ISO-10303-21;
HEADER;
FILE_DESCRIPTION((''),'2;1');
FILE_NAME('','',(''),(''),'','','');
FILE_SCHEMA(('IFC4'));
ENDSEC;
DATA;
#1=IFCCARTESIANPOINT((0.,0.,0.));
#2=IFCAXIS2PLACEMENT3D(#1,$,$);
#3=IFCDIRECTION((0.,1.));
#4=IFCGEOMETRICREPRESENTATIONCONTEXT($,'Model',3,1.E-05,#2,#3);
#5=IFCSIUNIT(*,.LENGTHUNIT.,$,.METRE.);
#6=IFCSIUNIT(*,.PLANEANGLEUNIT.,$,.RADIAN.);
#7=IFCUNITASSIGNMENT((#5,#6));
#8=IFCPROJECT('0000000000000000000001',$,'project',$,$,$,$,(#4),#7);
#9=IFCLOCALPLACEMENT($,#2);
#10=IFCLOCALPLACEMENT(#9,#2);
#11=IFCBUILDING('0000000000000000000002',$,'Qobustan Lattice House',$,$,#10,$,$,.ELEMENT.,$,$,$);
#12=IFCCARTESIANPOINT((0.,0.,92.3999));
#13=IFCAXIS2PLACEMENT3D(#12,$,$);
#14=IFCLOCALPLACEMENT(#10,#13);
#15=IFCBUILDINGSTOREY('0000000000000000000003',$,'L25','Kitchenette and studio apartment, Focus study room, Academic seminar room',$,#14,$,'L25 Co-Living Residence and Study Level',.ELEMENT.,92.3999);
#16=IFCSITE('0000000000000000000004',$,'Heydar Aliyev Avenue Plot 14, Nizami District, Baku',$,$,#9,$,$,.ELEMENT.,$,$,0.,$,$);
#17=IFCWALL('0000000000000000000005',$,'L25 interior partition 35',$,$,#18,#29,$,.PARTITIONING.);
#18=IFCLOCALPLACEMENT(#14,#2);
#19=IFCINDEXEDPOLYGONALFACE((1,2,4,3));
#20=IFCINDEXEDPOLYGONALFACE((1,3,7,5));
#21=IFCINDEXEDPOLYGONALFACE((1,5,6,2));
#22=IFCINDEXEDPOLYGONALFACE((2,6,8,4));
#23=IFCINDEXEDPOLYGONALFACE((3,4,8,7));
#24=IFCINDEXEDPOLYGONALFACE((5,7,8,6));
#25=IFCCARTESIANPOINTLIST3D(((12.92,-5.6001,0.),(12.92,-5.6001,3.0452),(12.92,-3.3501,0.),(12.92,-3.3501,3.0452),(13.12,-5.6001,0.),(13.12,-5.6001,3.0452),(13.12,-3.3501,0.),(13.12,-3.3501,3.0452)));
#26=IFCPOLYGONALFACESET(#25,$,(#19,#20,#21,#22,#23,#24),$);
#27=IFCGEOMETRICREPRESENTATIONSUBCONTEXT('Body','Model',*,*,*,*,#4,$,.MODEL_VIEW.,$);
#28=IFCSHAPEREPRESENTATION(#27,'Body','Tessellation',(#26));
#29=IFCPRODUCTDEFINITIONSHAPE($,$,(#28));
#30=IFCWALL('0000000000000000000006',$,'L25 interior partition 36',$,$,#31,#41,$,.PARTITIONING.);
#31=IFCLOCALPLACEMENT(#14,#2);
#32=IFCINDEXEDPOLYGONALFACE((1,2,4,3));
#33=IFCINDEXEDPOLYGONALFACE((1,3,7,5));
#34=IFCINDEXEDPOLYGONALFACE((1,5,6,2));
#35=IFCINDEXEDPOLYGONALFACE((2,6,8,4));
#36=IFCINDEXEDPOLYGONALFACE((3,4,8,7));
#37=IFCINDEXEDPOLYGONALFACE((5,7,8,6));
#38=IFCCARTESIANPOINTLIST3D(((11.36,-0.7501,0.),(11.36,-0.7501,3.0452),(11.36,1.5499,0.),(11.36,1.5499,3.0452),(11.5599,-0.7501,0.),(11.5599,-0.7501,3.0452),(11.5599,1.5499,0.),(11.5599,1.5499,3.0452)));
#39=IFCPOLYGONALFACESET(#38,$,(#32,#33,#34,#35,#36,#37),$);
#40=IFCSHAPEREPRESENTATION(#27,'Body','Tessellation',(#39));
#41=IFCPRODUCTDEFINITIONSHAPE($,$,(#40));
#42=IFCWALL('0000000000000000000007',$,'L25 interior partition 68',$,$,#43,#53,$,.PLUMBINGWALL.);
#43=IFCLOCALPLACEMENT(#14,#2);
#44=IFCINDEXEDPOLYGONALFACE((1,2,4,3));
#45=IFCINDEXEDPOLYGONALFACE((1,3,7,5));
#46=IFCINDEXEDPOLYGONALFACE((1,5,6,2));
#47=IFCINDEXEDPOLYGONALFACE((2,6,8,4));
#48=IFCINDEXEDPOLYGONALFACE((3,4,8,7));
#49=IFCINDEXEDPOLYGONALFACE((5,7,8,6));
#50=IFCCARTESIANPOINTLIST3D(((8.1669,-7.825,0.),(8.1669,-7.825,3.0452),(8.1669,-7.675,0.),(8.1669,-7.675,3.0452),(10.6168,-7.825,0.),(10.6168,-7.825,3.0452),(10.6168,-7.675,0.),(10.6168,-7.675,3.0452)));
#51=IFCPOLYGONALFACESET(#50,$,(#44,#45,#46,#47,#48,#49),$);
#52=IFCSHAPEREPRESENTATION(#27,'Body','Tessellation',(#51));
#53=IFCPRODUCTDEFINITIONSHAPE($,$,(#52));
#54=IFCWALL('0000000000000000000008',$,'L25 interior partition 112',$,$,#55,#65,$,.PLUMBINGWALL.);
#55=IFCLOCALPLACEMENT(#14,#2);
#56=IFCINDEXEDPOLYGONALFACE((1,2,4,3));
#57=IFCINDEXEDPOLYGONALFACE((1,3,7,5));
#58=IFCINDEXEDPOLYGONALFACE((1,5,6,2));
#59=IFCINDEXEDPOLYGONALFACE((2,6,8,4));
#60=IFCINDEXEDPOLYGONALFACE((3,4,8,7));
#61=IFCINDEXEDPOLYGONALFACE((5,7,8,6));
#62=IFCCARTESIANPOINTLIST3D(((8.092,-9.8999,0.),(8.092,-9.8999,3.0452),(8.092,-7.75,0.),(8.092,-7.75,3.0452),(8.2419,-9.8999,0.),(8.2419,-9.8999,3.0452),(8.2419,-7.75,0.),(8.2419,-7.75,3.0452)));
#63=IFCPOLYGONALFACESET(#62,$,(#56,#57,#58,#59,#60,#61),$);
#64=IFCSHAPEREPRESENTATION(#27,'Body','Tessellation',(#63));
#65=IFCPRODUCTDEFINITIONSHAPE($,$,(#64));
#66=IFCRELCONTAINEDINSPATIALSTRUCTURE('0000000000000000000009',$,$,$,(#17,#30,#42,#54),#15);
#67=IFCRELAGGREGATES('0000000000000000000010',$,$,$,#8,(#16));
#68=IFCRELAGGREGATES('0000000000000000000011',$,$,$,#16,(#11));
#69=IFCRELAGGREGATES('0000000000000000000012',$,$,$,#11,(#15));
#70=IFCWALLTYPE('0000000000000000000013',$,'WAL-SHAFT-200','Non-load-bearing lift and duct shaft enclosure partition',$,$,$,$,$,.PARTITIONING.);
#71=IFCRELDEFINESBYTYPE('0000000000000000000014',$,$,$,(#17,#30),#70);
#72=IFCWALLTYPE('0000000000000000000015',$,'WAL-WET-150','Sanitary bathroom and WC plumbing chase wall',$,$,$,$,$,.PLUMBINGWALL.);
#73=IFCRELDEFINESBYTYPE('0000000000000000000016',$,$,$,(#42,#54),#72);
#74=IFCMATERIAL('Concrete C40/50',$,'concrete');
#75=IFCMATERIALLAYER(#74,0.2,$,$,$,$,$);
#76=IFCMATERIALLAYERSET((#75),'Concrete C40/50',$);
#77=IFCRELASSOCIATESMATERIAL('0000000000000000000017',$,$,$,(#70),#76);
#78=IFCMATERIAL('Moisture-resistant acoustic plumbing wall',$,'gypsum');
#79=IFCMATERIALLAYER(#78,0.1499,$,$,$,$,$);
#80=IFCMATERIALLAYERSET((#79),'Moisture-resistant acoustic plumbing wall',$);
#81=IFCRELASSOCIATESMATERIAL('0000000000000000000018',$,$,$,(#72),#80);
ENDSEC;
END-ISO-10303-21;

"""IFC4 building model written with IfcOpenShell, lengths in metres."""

from ifc_helpers import new_model, si_unit, direction, frame, frame_2d, origin, place, context, subcontext, project, spatial, rectangle, extrude, material, layer, layer_set, type_object, element, save


model = new_model("IFC4")

# Units and contexts
model_context = context("Model", 3, precision=1e-05, world=origin(), true_north=direction((0.0, 1.0)))
body_context = subcontext(model_context, "Body", "Model", "MODEL_VIEW")
ifc_project = project(units=[si_unit("LENGTHUNIT", "METRE"), si_unit("PLANEANGLEUNIT", "RADIAN")], contexts=[model_context])

# Site, building, storey
site_placement = place(None, origin())
site = spatial("IfcSite", under=ifc_project, at=site_placement, Name="Heydar Aliyev Avenue Plot 14, Nizami District, Baku", CompositionType="ELEMENT", RefElevation=0.0)
building_placement = place(site_placement, origin())
building = spatial("IfcBuilding", under=site, at=building_placement, Name="Qobustan Lattice House", CompositionType="ELEMENT")
storey_placement = place(building_placement, frame((0.0, 0.0, 92.3999)))
storey = spatial("IfcBuildingStorey", under=building, at=storey_placement, Name="L25", Description="Kitchenette and studio apartment, Focus study room, Academic seminar room", LongName="L25 Co-Living Residence and Study Level", CompositionType="ELEMENT", Elevation=92.3999)

# Walls
ifc_material_1 = material(Name="Concrete C40/50", Category="concrete")
ifc_layer_1 = layer(ifc_material_1, 0.2)
ifc_layer_set_1 = layer_set([ifc_layer_1], Name="Concrete C40/50")
wall_type_1 = type_object("IfcWallType", Name="WAL-SHAFT-200", Description="Non-load-bearing lift and duct shaft enclosure partition", PredefinedType="PARTITIONING", material=ifc_layer_set_1)
for number, where, z_axis, x_axis, name in (
    (1, (13.02, -5.6001, 0.0), (0.0, 0.0, 1.0), (0.0, 1.0, 0.0), "L25 interior partition 35"),
):
    element("IfcWall", number, at=place(storey_placement, frame(where, z_axis=z_axis, x_axis=x_axis)), inside=storey, type_object=wall_type_1, Name=name, PredefinedType="PARTITIONING", context=body_context, shape_type="SweptSolid", body=[
        extrude(rectangle(XDim=2.25, YDim=0.2, at=frame_2d((1.125, 0.0))), origin(), (0.0, 0.0, 1.0), 3.0452),
    ])
wall_1_placement = place(storey_placement, frame((11.46, -0.75, 0.0), z_axis=(0.0, 0.0, 1.0), x_axis=(0.0, 1.0, 0.0)))
element("IfcWall", 2, at=wall_1_placement, inside=storey, type_object=wall_type_1, Name="L25 interior partition 36", PredefinedType="PARTITIONING", context=body_context, shape_type="SweptSolid", body=[
    extrude(rectangle(XDim=2.3, YDim=0.2, at=frame_2d((1.1499, 0.0))), origin(), (0.0, 0.0, 1.0), 3.0452),
])
ifc_material_2 = material(Name="Moisture-resistant acoustic plumbing wall", Category="gypsum")
ifc_layer_2 = layer(ifc_material_2, 0.1499)
ifc_layer_set_2 = layer_set([ifc_layer_2], Name="Moisture-resistant acoustic plumbing wall")
wall_type_2 = type_object("IfcWallType", Name="WAL-WET-150", Description="Sanitary bathroom and WC plumbing chase wall", PredefinedType="PLUMBINGWALL", material=ifc_layer_set_2)
wall_2_placement = place(storey_placement, frame((10.6169, -7.75, 0.0), z_axis=(0.0, 0.0, 1.0), x_axis=(-1.0, 0.0, 0.0)))
element("IfcWall", 3, at=wall_2_placement, inside=storey, type_object=wall_type_2, Name="L25 interior partition 68", PredefinedType="PLUMBINGWALL", context=body_context, shape_type="SweptSolid", body=[
    extrude(rectangle(XDim=2.45, YDim=0.1499, at=frame_2d((1.2251, 0.0))), origin(), (0.0, 0.0, 1.0), 3.0452),
])
wall_3_placement = place(storey_placement, frame((8.167, -7.75, 0.0), z_axis=(0.0, 0.0, 1.0), x_axis=(0.0, -1.0, 0.0)))
element("IfcWall", 4, at=wall_3_placement, inside=storey, type_object=wall_type_2, Name="L25 interior partition 112", PredefinedType="PLUMBINGWALL", context=body_context, shape_type="SweptSolid", body=[
    extrude(rectangle(XDim=2.1499, YDim=0.1499, at=frame_2d((1.075, 0.0))), origin(), (0.0, 0.0, 1.0), 3.0452),
])

save(model, "model.ifc")
